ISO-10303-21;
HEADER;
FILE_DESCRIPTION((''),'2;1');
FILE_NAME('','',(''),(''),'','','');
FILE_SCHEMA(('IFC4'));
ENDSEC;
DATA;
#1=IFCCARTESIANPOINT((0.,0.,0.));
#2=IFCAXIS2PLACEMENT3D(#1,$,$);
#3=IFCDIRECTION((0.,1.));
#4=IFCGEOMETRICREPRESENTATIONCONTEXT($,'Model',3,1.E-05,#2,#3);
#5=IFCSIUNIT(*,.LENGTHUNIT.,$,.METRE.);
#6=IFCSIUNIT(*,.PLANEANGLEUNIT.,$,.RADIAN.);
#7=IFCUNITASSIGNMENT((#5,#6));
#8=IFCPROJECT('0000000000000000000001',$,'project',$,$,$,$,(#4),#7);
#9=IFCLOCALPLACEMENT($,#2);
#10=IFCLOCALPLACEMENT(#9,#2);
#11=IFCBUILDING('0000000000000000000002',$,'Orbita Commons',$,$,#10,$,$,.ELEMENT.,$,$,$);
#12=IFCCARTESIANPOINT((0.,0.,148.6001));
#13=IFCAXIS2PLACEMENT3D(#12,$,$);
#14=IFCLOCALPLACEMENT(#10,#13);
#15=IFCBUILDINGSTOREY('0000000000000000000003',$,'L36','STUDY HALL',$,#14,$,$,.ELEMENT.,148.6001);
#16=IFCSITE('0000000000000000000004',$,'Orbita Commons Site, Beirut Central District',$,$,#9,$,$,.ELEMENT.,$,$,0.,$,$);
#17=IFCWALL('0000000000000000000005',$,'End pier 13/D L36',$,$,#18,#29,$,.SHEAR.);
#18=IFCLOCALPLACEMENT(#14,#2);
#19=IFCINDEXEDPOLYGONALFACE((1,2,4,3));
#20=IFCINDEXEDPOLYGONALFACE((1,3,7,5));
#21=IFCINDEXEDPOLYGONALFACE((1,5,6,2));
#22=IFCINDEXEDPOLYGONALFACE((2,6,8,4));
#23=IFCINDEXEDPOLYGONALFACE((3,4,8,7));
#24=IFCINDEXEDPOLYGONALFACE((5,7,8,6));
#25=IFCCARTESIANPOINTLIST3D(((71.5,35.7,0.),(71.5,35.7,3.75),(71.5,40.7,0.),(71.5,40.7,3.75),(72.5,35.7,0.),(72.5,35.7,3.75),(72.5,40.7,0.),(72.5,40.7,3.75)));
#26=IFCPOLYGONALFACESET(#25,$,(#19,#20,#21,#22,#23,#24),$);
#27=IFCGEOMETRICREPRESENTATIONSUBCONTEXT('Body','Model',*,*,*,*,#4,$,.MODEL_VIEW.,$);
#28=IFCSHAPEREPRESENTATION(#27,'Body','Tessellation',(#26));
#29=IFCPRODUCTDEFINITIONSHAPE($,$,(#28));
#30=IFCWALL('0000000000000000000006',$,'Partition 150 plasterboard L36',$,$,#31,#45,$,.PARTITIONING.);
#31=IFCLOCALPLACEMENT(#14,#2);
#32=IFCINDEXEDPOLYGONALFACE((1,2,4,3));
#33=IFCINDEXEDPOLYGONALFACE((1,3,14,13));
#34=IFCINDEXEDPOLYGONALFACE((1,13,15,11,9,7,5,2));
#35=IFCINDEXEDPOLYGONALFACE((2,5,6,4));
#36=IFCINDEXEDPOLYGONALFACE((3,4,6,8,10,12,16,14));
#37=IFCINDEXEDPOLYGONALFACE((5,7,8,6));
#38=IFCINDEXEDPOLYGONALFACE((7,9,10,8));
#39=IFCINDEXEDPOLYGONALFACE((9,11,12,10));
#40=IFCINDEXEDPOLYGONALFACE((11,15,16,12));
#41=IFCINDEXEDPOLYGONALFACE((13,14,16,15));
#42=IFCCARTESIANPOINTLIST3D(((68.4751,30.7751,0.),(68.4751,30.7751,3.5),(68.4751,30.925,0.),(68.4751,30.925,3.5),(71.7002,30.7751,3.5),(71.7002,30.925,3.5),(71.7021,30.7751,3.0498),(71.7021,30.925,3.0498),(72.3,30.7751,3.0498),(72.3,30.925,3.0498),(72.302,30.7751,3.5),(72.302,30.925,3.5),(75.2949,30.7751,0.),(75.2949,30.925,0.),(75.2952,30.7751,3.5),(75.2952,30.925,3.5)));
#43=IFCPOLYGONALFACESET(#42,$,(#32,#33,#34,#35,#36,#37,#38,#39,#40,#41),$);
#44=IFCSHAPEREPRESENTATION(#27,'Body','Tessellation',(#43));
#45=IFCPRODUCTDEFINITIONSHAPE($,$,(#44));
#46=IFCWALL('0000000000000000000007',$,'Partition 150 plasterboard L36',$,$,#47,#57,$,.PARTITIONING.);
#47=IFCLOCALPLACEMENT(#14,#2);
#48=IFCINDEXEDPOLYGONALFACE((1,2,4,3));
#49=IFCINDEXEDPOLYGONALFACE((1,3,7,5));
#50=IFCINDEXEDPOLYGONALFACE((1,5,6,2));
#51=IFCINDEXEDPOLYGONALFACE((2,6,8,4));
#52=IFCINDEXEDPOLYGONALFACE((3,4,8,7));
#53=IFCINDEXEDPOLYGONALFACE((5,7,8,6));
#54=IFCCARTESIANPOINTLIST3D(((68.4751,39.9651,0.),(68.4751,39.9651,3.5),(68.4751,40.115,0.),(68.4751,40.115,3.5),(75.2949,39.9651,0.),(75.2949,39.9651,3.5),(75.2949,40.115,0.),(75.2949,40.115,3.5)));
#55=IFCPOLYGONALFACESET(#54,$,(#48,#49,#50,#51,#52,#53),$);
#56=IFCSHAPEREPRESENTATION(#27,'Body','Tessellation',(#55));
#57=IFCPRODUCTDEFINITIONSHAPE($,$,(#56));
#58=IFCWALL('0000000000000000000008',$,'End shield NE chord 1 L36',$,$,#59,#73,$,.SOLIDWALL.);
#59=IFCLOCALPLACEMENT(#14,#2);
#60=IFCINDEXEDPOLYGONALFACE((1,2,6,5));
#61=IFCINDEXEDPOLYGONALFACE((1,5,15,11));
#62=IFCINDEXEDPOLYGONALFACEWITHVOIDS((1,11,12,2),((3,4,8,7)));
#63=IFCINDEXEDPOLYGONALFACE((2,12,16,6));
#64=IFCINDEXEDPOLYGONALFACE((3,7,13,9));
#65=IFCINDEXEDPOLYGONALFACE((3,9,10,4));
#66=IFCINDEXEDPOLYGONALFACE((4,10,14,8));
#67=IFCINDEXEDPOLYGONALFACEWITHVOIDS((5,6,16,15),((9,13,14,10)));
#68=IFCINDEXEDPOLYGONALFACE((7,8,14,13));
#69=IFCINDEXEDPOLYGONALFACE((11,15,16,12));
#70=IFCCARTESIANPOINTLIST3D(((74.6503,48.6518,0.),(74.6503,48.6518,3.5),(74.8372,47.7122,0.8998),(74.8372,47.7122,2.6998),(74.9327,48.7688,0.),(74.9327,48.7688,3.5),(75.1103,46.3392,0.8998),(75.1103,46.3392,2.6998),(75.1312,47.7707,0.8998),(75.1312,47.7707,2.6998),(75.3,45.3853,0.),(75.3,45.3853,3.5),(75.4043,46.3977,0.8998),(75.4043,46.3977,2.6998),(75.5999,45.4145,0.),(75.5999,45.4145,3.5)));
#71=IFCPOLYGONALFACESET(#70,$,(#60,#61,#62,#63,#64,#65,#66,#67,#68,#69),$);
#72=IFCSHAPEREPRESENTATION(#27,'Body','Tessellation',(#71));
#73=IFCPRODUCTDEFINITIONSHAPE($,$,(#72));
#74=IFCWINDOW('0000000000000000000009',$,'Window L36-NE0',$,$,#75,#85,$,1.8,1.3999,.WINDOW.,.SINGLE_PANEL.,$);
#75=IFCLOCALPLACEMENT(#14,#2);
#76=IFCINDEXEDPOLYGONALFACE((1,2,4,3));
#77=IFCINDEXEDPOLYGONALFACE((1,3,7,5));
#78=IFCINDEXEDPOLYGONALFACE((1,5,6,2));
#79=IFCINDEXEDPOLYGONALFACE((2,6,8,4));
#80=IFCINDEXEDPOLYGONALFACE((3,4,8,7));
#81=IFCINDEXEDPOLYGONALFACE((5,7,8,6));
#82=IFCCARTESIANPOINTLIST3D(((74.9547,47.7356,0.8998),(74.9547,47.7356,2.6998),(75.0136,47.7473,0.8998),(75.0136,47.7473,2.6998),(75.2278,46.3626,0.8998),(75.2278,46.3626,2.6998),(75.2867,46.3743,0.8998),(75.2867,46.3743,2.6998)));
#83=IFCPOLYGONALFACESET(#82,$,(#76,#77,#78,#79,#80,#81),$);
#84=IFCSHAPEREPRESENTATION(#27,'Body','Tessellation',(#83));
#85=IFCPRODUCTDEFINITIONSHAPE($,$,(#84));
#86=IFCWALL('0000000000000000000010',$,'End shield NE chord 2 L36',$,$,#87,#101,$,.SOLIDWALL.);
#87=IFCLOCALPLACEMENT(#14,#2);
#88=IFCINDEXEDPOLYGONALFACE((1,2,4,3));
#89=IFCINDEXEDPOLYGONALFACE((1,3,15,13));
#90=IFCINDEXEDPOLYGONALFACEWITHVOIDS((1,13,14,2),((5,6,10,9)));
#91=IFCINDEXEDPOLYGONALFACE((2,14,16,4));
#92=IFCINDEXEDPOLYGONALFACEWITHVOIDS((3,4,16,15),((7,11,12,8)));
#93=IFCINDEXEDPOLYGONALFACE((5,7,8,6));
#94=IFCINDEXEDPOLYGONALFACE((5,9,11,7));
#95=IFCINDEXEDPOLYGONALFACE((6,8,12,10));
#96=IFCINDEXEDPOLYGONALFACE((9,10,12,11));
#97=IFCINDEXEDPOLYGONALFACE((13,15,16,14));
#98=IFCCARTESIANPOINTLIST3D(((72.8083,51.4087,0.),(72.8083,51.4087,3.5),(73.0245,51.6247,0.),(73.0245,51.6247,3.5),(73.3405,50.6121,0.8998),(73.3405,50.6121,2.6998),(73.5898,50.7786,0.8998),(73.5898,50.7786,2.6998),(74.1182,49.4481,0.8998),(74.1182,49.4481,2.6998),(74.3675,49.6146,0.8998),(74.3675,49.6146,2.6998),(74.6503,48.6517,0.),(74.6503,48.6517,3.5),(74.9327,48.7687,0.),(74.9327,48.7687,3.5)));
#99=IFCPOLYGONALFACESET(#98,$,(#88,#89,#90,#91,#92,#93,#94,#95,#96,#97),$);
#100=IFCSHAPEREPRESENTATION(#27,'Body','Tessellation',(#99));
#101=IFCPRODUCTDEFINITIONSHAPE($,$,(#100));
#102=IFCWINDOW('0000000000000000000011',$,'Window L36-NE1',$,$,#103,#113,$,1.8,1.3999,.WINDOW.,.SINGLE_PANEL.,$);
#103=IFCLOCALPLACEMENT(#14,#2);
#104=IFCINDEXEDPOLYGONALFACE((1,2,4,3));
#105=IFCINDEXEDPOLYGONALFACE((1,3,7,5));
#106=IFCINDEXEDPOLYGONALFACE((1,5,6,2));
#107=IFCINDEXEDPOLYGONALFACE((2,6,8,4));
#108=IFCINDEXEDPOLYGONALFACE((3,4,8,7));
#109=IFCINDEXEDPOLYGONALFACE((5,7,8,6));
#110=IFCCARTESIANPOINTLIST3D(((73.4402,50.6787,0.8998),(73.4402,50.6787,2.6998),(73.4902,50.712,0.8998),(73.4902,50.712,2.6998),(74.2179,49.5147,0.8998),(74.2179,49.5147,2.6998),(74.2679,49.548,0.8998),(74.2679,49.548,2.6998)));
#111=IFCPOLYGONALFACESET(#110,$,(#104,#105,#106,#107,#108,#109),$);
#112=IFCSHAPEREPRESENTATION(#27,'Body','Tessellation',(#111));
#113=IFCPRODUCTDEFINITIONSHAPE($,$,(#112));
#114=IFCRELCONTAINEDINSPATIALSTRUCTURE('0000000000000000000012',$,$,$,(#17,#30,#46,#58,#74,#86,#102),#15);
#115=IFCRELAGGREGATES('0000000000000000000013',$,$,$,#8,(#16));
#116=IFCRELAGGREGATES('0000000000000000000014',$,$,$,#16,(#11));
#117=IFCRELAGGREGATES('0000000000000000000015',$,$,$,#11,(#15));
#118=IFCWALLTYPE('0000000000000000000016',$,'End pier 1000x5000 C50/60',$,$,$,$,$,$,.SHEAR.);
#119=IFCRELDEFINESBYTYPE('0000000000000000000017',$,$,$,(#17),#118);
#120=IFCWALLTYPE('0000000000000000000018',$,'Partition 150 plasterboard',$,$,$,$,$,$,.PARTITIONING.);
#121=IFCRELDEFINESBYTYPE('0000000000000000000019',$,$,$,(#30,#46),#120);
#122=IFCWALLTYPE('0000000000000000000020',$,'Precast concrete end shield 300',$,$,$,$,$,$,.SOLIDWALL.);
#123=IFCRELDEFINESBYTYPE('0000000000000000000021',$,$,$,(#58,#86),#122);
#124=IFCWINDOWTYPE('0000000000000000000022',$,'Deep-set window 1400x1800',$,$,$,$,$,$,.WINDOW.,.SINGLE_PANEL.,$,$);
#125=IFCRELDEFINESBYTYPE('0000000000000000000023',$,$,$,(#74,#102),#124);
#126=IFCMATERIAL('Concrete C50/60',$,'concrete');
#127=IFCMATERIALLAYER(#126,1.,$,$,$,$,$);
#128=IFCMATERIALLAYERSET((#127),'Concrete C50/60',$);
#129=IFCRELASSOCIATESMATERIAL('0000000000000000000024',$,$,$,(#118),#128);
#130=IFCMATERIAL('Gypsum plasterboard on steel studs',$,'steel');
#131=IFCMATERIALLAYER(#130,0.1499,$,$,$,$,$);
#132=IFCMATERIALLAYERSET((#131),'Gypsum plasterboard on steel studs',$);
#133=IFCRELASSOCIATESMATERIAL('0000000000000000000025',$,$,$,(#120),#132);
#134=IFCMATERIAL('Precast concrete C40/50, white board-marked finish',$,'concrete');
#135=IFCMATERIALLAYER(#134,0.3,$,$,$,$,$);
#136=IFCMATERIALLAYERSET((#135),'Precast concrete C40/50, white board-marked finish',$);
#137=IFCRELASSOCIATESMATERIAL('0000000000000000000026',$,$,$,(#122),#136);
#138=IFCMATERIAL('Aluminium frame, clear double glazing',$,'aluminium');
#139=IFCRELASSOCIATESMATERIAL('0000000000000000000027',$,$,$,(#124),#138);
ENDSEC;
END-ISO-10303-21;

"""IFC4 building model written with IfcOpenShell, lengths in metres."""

from ifc_helpers import new_model, si_unit, direction, frame, frame_2d, origin, place, context, subcontext, project, spatial, polyline, rectangle, outline, extrude, material, layer, layer_set, type_object, element, fill, save


model = new_model("IFC4")

# Units and contexts
model_context = context("Model", 3, precision=1e-05, world=origin(), true_north=direction((0.0, 1.0)))
body_context = subcontext(model_context, "Body", "Model", "MODEL_VIEW")
ifc_project = project(units=[si_unit("LENGTHUNIT", "METRE"), si_unit("PLANEANGLEUNIT", "RADIAN")], contexts=[model_context])

# Site, building, storey
site_placement = place(None, origin())
site = spatial("IfcSite", under=ifc_project, at=site_placement, Name="Orbita Commons Site, Beirut Central District", CompositionType="ELEMENT", RefElevation=0.0)
building_placement = place(site_placement, origin())
building = spatial("IfcBuilding", under=site, at=building_placement, Name="Orbita Commons", CompositionType="ELEMENT")
storey_placement = place(building_placement, frame((0.0, 0.0, 148.6001)))
storey = spatial("IfcBuildingStorey", under=building, at=storey_placement, Name="L36", Description="STUDY HALL", CompositionType="ELEMENT", Elevation=148.6001)

# Walls
ifc_material_1 = material(Name="Concrete C50/60", Category="concrete")
ifc_layer_1 = layer(ifc_material_1, 1.0)
ifc_layer_set_1 = layer_set([ifc_layer_1], Name="Concrete C50/60")
wall_type_1 = type_object("IfcWallType", Name="End pier 1000x5000 C50/60", PredefinedType="SHEAR", material=ifc_layer_set_1)
wall_1_placement = place(storey_placement, frame((72.0, 35.7, 0.0), z_axis=(0.0, 0.0, 1.0), x_axis=(0.0, 1.0, 0.0)))
element("IfcWall", 1, at=wall_1_placement, inside=storey, type_object=wall_type_1, Name="End pier 13/D L36", PredefinedType="SHEAR", context=body_context, shape_type="SweptSolid", body=[
    extrude(rectangle(XDim=5.0, YDim=1.0, at=frame_2d((2.5, 0.0))), origin(), (0.0, 0.0, 1.0), 3.75),
])
ifc_material_2 = material(Name="Gypsum plasterboard on steel studs", Category="steel")
ifc_layer_2 = layer(ifc_material_2, 0.1499)
ifc_layer_set_2 = layer_set([ifc_layer_2], Name="Gypsum plasterboard on steel studs")
wall_type_2 = type_object("IfcWallType", Name="Partition 150 plasterboard", PredefinedType="PARTITIONING", material=ifc_layer_set_2)
wall_2_placement = place(storey_placement, frame((68.4751, 30.8501, 0.0), z_axis=(0.0, 0.0, 1.0), x_axis=(1.0, 0.0, 0.0)))
element("IfcWall", 2, at=wall_2_placement, inside=storey, type_object=wall_type_2, Name="Partition 150 plasterboard L36", PredefinedType="PARTITIONING", context=body_context, shape_type="SweptSolid", body=[
    extrude(outline(polyline([(0.0, 0.0), (6.8198, 0.0), (6.8201, 3.5), (3.8269, 3.5), (3.825, 3.0498), (3.2271, 3.0498), (3.2251, 3.5), (0.0, 3.5), (0.0, 0.0)])), frame((0.0, 0.075, 0.0), z_axis=(0.0, -1.0, 0.0), x_axis=(1.0, 0.0, 0.0)), (0.0, 0.0, 1.0), 0.1499),
])
wall_3_placement = place(storey_placement, frame((68.4751, 40.04, 0.0), z_axis=(0.0, 0.0, 1.0), x_axis=(1.0, 0.0, 0.0)))
element("IfcWall", 3, at=wall_3_placement, inside=storey, type_object=wall_type_2, Name="Partition 150 plasterboard L36", PredefinedType="PARTITIONING", context=body_context, shape_type="SweptSolid", body=[
    extrude(rectangle(XDim=6.8198, YDim=0.1499, at=frame_2d((3.4099, 0.0))), origin(), (0.0, 0.0, 1.0), 3.5),
])

# Walls, openings, windows
ifc_material_3 = material(Name="Precast concrete C40/50, white board-marked finish", Category="concrete")
ifc_layer_3 = layer(ifc_material_3, 0.3)
ifc_layer_set_3 = layer_set([ifc_layer_3], Name="Precast concrete C40/50, white board-marked finish")
wall_type_3 = type_object("IfcWallType", Name="Precast concrete end shield 300", PredefinedType="SOLIDWALL", material=ifc_layer_set_3)
wall_4_placement = place(storey_placement, frame((75.45, 45.3999, 0.0), z_axis=(0.0, 0.0, 1.0), x_axis=(-0.195087, 0.980786, 0.0)))
wall_4 = element("IfcWall", 4, at=wall_4_placement, inside=storey, type_object=wall_type_3, Name="End shield NE chord 1 L36", PredefinedType="SOLIDWALL", context=body_context, shape_type="SweptSolid", body=[
    extrude(outline(polyline([(-0.0149, -0.1499), (3.405, -0.1499), (3.3455, 0.1499), (0.0149, 0.1499), (-0.0149, -0.1499)])), origin(), (0.0, 0.0, 1.0), 3.5),
])
opening_1_placement = place(wall_4_placement, frame((0.9875, 0.0, 0.8999)))
opening_1 = element("IfcOpeningElement", 5, at=opening_1_placement, cuts=wall_4, PredefinedType="OPENING", context=body_context, shape_type="SweptSolid", body=[
    extrude(rectangle(XDim=1.3999, YDim=1.8, at=frame_2d((0.7, 0.8999))), frame((0.0, 0.1599, 0.0), z_axis=(0.0, -1.0, 0.0), x_axis=(1.0, 0.0, 0.0)), (0.0, 0.0, 1.0), 0.3201),
])
ifc_material_4 = material(Name="Aluminium frame, clear double glazing", Category="aluminium")
window_type = type_object("IfcWindowType", Name="Deep-set window 1400x1800", PartitioningType="SINGLE_PANEL", PredefinedType="WINDOW", material=ifc_material_4)
window_1_placement = place(opening_1_placement, origin())
window_1 = element("IfcWindow", 6, at=window_1_placement, inside=storey, type_object=window_type, Name="Window L36-NE0", OverallHeight=1.8, OverallWidth=1.3999, PartitioningType="SINGLE_PANEL", PredefinedType="WINDOW", context=body_context, shape_type="SweptSolid", body=[
    extrude(rectangle(XDim=1.3999, YDim=1.8, at=frame_2d((0.7, 0.8999))), frame((0.0, 0.03, 0.0), z_axis=(0.0, -1.0, 0.0), x_axis=(1.0, 0.0, 0.0)), (0.0, 0.0, 1.0), 0.0601),
])
fill(opening_1, window_1)
wall_5_placement = place(storey_placement, frame((74.7915, 48.7102, 0.0), z_axis=(0.0, 0.0, 1.0), x_axis=(-0.555535, 0.831493, 0.0)))
wall_5 = element("IfcWall", 7, at=wall_5_placement, inside=storey, type_object=wall_type_3, Name="End shield NE chord 2 L36", PredefinedType="SOLIDWALL", context=body_context, shape_type="SweptSolid", body=[
    extrude(outline(polyline([(-0.0298, -0.1499), (3.405, -0.1499), (3.3455, 0.1499), (0.0298, 0.1499), (-0.0298, -0.1499)])), origin(), (0.0, 0.0, 1.0), 3.5),
])
opening_2_placement = place(wall_5_placement, frame((0.9875, 0.0, 0.8999)))
opening_2 = element("IfcOpeningElement", 8, at=opening_2_placement, cuts=wall_5, PredefinedType="OPENING", context=body_context, shape_type="SweptSolid", body=[
    extrude(rectangle(XDim=1.3999, YDim=1.8, at=frame_2d((0.7, 0.8999))), frame((0.0, 0.1599, 0.0), z_axis=(0.0, -1.0, 0.0), x_axis=(1.0, 0.0, 0.0)), (0.0, 0.0, 1.0), 0.3201),
])
window_2_placement = place(opening_2_placement, origin())
window_2 = element("IfcWindow", 9, at=window_2_placement, inside=storey, type_object=window_type, Name="Window L36-NE1", OverallHeight=1.8, OverallWidth=1.3999, PartitioningType="SINGLE_PANEL", PredefinedType="WINDOW", context=body_context, shape_type="SweptSolid", body=[
    extrude(rectangle(XDim=1.3999, YDim=1.8, at=frame_2d((0.7, 0.8999))), frame((0.0, 0.03, 0.0), z_axis=(0.0, -1.0, 0.0), x_axis=(1.0, 0.0, 0.0)), (0.0, 0.0, 1.0), 0.0601),
])
fill(opening_2, window_2)

save(model, "model.ifc")
